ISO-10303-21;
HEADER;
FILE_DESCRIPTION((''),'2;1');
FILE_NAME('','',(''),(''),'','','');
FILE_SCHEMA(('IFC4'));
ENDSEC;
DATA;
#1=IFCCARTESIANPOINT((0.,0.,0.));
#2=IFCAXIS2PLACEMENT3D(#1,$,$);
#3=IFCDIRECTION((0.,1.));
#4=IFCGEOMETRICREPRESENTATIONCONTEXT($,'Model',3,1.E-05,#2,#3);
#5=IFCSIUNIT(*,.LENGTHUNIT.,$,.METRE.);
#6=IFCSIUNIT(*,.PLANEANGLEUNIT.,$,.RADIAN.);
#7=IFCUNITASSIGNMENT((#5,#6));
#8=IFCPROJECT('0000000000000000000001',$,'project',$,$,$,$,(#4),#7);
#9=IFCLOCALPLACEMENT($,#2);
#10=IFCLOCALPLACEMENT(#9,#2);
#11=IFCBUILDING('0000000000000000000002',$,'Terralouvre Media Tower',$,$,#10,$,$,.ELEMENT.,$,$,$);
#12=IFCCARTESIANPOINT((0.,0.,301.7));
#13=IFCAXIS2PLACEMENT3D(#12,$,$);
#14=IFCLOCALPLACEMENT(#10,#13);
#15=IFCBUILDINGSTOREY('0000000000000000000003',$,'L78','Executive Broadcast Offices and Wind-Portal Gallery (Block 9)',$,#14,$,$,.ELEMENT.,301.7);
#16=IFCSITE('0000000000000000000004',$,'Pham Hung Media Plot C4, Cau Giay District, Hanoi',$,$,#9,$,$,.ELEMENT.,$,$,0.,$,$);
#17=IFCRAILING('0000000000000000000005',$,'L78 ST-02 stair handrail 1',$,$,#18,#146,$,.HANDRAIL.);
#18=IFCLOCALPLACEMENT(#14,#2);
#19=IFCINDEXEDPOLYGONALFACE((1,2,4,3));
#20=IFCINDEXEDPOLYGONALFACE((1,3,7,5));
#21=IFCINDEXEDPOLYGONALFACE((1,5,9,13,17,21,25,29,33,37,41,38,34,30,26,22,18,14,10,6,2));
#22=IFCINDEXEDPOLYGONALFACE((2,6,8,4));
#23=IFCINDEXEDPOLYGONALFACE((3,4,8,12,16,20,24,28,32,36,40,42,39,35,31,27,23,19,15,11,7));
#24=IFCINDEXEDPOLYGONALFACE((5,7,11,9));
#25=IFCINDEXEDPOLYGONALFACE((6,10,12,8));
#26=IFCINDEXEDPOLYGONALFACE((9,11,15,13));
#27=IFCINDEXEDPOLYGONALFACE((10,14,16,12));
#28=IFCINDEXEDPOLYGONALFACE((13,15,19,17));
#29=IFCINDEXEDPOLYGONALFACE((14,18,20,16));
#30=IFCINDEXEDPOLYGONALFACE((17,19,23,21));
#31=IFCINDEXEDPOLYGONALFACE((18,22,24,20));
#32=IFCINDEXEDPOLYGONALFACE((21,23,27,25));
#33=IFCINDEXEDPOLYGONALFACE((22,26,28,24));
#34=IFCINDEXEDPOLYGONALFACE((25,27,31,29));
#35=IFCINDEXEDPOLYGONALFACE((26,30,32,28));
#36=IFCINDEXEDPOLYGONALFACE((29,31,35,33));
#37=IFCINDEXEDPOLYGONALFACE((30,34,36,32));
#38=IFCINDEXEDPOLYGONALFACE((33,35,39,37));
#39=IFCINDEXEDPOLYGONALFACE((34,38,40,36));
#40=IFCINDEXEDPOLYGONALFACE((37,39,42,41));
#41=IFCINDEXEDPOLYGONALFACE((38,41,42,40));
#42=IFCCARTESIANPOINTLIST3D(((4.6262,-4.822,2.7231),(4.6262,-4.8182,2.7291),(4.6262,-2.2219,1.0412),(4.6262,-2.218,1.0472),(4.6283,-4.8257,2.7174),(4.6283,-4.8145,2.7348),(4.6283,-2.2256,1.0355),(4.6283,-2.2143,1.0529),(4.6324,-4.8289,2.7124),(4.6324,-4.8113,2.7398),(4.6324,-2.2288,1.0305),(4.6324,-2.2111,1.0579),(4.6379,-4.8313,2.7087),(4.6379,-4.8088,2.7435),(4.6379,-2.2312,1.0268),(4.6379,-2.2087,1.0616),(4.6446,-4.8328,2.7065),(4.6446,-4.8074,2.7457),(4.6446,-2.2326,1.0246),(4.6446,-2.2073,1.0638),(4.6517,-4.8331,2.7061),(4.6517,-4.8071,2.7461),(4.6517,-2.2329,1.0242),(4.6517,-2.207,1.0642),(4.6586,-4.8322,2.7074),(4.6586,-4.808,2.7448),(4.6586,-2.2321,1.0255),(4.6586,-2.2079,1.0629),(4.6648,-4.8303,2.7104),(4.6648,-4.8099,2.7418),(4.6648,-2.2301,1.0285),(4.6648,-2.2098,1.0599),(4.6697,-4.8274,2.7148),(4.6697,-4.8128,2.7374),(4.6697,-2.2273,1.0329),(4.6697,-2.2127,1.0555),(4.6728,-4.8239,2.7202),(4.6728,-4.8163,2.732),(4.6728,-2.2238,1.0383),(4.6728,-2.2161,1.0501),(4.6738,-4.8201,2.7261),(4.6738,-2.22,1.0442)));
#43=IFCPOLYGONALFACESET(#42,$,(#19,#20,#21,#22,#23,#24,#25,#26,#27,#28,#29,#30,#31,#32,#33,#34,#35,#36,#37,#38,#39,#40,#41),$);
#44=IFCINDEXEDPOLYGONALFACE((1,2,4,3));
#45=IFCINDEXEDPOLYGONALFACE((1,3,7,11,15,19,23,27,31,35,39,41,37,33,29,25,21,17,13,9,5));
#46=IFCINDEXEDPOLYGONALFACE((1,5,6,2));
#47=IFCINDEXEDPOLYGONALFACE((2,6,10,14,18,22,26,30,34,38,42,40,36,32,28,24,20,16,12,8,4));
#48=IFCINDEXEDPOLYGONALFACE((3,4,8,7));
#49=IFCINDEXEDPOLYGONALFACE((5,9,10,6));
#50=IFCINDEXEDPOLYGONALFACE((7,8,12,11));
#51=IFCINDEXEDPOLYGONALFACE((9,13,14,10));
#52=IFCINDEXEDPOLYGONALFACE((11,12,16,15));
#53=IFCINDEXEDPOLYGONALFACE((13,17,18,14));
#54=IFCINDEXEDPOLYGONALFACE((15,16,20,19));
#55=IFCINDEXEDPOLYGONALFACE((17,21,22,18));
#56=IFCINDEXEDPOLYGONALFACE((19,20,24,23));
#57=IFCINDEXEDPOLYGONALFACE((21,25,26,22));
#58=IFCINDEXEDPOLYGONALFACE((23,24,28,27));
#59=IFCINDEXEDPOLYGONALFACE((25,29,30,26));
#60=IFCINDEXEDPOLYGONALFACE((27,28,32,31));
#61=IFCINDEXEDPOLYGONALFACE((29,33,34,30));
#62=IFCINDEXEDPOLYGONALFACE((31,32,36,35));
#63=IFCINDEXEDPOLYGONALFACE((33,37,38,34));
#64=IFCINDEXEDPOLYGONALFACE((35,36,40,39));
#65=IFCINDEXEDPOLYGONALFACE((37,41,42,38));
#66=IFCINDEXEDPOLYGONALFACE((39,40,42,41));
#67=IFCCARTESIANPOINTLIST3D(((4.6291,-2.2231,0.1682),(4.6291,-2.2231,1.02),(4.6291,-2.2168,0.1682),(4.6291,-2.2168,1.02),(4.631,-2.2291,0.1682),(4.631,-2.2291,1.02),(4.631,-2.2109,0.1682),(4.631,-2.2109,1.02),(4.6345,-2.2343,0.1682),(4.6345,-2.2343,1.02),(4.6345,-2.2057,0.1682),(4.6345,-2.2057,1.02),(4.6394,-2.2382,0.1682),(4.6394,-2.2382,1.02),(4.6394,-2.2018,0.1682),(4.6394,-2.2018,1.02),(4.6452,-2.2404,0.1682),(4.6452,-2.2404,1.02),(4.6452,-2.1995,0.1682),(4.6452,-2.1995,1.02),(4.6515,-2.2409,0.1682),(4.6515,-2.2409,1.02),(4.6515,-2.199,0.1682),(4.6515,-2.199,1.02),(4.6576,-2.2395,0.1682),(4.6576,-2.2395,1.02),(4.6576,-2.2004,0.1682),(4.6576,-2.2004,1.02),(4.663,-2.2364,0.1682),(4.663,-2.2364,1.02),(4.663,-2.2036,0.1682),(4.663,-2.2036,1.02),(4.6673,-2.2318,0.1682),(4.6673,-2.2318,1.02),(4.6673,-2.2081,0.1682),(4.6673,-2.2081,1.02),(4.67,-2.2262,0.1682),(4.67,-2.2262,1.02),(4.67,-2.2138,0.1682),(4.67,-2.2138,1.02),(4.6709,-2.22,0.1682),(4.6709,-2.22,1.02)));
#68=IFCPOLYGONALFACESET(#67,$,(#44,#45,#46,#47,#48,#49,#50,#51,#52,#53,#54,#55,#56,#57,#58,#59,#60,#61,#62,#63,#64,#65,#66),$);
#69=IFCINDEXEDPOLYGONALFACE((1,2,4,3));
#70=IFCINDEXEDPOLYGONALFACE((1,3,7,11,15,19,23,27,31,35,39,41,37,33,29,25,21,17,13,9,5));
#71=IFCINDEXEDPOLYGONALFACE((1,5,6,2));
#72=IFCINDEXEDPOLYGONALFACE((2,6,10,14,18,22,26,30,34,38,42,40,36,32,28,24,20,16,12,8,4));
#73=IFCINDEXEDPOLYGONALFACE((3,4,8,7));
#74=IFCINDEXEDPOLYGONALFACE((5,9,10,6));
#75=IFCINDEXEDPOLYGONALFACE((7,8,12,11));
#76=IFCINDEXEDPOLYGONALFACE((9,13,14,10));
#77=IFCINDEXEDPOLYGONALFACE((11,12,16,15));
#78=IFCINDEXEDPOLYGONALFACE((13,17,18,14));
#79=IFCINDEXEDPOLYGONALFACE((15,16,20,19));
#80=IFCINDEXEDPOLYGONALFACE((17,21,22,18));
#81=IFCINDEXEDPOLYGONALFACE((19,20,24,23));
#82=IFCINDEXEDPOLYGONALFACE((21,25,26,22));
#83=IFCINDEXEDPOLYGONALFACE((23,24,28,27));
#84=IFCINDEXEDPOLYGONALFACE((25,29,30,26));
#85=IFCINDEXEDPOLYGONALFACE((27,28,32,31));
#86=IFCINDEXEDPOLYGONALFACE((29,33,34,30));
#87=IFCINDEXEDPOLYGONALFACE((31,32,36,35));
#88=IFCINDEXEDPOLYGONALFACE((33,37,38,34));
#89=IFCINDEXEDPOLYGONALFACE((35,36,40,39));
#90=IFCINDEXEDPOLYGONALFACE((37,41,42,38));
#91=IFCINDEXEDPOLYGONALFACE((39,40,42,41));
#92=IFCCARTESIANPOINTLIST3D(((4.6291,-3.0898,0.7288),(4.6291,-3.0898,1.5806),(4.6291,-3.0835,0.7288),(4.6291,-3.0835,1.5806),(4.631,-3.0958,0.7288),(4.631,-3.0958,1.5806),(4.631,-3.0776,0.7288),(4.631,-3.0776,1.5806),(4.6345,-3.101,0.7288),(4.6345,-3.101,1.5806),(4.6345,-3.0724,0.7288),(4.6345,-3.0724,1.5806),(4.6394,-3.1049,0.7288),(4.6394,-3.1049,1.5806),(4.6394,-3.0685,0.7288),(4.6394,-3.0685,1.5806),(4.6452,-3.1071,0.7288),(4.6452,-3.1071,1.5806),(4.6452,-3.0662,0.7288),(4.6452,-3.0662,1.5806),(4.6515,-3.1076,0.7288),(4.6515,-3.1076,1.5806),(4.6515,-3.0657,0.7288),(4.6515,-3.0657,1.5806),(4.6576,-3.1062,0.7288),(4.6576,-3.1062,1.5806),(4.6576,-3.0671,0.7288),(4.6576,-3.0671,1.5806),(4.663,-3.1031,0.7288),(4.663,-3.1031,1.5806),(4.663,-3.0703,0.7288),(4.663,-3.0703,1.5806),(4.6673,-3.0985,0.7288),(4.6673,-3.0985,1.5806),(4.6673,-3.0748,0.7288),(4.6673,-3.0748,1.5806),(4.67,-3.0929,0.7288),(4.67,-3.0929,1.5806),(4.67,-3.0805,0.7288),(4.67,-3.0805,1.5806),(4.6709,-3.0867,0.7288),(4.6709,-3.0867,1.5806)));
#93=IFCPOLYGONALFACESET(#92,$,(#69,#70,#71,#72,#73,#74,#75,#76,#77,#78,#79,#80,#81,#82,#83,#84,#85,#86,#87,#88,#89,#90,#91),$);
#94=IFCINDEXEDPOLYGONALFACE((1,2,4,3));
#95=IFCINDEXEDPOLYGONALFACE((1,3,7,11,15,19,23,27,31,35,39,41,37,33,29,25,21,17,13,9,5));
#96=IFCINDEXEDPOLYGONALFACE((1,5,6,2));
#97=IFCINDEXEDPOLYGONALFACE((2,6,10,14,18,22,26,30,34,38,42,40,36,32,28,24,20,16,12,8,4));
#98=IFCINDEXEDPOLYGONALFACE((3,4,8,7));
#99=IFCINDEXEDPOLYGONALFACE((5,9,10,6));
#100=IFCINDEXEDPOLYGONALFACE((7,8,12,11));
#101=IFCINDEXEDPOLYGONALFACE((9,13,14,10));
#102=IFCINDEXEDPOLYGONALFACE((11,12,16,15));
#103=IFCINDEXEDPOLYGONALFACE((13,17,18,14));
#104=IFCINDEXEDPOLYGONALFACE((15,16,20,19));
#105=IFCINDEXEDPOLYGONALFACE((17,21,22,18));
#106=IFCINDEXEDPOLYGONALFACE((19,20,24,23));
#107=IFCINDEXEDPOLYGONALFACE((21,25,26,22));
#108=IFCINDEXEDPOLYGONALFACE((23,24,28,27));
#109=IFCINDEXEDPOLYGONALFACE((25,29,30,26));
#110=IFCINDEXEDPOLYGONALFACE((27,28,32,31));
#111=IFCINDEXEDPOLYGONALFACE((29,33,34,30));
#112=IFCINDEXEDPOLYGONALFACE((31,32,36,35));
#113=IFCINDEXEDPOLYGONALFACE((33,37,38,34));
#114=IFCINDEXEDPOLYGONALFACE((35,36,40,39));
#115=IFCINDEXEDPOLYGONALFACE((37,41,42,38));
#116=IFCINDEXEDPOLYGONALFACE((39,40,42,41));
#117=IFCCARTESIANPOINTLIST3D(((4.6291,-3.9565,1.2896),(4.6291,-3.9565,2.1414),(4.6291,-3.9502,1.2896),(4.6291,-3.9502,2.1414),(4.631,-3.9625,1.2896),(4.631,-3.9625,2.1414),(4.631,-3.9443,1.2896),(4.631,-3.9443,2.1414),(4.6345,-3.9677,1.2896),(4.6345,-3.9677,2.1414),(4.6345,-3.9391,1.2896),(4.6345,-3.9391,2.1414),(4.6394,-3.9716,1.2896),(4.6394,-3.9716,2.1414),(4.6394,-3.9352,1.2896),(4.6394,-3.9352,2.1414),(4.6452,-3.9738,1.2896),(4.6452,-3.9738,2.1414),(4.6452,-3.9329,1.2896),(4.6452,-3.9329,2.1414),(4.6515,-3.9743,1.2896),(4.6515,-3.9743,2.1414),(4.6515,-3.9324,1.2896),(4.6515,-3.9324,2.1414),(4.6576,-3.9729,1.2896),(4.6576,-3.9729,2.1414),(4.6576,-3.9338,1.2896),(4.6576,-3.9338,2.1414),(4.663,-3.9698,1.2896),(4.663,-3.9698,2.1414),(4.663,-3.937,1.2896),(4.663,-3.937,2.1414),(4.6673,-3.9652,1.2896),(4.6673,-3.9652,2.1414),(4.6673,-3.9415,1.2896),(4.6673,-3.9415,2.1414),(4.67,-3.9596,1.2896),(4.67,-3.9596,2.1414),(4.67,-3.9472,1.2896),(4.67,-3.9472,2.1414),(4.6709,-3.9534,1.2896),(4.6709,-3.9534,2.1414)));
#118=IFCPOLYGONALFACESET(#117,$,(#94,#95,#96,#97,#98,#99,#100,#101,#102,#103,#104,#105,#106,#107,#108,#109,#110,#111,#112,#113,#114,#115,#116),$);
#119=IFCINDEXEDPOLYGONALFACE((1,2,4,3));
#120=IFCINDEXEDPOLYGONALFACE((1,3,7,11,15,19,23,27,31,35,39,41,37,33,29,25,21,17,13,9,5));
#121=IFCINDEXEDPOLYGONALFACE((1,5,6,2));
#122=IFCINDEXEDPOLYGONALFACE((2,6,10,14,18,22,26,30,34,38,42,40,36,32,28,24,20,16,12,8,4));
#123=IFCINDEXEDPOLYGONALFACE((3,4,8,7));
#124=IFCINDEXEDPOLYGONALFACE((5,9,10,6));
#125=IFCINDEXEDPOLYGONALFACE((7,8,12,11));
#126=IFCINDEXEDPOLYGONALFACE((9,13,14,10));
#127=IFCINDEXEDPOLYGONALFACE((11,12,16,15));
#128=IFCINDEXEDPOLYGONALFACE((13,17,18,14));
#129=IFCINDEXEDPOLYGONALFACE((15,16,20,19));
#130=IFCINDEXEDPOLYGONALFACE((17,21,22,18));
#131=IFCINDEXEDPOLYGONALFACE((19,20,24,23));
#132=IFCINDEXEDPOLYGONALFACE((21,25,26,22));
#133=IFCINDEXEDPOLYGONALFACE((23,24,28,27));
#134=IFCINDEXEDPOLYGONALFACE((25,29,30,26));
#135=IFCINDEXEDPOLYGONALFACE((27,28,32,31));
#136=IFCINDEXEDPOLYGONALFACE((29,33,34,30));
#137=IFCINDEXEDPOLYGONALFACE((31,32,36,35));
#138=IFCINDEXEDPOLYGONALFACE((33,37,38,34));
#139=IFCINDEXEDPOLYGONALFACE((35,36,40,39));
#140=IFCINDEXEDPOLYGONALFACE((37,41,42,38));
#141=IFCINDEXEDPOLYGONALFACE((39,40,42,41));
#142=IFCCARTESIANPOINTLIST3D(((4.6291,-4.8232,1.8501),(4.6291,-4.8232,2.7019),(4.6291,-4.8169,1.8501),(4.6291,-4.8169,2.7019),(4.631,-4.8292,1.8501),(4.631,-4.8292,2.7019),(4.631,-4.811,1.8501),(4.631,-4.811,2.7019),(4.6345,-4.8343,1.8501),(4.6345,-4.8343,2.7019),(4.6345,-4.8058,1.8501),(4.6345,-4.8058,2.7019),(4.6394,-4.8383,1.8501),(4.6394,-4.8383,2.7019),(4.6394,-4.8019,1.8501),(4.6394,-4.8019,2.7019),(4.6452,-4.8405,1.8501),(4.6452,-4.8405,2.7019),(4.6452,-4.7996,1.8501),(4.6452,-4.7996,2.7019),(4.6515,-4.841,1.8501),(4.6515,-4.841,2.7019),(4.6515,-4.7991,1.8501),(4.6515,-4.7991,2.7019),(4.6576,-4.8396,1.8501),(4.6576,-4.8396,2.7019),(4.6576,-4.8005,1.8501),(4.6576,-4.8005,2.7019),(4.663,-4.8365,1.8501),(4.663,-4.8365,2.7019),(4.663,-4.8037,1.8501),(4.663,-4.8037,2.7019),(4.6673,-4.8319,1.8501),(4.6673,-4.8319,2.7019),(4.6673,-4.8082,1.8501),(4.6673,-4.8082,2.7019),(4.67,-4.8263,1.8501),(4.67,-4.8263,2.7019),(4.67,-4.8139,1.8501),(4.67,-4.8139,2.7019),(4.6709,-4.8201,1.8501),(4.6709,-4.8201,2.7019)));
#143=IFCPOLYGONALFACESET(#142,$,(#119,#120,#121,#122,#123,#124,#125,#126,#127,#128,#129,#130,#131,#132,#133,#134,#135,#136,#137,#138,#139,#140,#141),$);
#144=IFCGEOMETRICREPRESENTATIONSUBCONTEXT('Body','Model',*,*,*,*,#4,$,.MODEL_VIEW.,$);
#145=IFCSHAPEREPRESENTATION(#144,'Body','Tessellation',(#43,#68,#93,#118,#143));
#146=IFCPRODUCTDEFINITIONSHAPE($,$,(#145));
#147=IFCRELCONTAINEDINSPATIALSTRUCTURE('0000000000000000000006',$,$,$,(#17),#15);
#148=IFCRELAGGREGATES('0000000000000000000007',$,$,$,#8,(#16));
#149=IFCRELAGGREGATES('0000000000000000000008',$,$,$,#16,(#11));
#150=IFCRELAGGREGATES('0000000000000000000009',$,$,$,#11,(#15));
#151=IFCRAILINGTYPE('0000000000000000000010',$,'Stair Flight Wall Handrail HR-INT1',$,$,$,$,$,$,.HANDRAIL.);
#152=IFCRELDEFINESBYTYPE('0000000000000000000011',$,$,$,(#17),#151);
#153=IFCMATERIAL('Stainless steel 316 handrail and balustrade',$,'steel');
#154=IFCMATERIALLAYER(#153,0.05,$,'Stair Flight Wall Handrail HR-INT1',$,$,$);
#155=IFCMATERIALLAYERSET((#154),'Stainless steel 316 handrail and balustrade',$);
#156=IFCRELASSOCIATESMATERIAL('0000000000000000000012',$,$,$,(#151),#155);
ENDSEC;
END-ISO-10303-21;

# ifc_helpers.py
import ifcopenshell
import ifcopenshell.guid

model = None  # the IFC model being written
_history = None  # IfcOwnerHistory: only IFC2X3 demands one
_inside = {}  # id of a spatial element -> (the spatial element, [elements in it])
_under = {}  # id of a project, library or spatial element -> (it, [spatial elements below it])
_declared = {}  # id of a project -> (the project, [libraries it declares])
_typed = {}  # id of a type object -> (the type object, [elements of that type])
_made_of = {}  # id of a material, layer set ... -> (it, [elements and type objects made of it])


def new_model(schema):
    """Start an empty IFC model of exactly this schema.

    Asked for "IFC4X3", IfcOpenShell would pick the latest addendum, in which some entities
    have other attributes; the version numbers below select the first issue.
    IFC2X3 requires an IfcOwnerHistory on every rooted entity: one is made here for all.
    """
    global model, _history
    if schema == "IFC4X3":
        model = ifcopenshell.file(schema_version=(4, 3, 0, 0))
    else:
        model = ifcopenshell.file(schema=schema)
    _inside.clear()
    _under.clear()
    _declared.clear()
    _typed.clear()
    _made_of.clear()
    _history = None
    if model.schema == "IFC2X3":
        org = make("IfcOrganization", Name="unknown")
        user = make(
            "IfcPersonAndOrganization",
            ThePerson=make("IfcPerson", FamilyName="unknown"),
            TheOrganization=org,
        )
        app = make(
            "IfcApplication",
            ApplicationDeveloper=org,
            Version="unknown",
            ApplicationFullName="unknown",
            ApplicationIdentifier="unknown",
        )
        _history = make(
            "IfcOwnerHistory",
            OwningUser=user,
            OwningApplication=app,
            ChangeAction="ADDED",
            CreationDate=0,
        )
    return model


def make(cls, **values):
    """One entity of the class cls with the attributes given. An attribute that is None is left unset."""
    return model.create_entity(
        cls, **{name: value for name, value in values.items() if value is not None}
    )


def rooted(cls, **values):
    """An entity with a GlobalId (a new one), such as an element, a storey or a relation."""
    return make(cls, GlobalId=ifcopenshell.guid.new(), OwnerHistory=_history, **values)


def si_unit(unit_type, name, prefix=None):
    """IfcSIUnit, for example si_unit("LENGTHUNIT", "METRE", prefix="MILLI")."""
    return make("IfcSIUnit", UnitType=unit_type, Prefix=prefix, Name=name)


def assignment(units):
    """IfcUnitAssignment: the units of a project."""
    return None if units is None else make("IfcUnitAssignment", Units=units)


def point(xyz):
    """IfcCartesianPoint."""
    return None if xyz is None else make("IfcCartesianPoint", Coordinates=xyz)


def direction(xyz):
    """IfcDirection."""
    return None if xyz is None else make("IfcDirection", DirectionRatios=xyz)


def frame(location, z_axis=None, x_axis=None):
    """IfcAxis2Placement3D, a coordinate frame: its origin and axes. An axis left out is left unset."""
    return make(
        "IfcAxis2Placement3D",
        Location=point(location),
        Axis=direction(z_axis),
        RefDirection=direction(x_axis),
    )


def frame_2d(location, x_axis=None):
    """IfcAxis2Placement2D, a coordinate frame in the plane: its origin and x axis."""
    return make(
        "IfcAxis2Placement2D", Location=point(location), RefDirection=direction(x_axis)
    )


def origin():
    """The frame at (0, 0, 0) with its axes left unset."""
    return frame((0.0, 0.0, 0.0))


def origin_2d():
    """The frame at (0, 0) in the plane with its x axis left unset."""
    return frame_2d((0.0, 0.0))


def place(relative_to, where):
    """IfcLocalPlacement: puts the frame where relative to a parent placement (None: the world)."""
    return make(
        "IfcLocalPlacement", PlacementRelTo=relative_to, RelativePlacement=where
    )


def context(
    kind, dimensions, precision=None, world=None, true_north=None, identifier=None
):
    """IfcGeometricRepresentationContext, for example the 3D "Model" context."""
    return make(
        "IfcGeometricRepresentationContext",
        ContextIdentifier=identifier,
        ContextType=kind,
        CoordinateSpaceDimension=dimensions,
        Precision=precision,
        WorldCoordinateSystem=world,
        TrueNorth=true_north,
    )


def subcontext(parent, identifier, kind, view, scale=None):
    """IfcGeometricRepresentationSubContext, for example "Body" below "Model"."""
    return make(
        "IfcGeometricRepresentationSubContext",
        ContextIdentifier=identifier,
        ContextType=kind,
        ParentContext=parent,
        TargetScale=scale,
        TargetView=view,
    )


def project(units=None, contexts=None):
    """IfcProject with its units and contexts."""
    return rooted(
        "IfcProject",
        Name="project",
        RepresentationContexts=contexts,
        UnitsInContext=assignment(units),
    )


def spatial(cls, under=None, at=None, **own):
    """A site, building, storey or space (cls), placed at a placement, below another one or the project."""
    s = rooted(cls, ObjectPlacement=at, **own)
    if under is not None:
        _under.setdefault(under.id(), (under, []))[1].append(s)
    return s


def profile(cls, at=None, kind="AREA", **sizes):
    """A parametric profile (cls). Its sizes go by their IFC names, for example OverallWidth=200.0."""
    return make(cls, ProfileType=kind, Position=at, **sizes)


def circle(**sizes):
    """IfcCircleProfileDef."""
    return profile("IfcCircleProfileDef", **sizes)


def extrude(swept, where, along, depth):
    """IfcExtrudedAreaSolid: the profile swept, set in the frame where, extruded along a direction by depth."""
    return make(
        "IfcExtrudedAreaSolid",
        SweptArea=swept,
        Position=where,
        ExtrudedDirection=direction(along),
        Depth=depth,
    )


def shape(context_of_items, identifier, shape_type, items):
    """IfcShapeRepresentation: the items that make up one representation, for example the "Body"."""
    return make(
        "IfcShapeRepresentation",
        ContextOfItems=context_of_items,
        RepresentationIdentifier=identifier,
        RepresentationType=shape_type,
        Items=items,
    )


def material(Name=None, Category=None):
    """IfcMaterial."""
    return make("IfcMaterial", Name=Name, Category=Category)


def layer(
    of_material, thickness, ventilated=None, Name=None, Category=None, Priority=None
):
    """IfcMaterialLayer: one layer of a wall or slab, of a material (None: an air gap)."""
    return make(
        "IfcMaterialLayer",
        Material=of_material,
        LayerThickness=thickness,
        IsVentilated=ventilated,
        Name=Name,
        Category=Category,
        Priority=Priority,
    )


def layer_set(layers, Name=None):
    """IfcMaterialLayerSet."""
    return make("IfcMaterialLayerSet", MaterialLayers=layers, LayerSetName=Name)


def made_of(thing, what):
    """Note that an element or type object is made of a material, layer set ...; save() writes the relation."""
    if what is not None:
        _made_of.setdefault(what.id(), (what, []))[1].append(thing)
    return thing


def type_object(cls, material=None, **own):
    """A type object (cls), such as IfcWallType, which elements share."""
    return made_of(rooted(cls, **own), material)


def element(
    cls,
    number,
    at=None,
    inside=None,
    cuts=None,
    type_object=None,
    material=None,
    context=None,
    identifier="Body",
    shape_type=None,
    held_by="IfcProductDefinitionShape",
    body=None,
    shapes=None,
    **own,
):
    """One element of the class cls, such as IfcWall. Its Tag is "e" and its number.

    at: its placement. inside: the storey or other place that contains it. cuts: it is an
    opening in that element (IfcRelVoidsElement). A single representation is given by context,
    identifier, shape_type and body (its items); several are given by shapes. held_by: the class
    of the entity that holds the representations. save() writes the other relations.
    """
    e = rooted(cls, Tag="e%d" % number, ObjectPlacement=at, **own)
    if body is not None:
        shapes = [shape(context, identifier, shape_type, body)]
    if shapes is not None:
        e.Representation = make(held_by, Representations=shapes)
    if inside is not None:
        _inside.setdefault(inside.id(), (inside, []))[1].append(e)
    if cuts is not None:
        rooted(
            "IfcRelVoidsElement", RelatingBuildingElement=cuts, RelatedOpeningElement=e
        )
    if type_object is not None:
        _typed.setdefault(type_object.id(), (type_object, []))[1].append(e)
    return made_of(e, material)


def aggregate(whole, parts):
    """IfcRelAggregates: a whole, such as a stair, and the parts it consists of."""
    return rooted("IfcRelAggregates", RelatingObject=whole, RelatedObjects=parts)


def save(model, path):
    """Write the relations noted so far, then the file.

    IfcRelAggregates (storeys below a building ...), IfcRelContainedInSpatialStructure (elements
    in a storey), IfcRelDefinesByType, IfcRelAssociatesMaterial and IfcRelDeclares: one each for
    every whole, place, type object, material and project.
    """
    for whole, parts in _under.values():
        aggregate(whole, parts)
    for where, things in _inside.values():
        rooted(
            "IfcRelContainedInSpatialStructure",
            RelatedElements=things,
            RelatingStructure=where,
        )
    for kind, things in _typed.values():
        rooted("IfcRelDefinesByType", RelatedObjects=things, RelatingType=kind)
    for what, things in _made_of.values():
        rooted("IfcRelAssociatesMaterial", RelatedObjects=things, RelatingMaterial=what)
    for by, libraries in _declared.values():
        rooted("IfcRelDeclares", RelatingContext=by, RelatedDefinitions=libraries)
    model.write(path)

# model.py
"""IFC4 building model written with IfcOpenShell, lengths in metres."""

from ifc_helpers import new_model, si_unit, direction, frame, origin, origin_2d, place, context, subcontext, project, spatial, circle, extrude, material, layer, layer_set, type_object, element, save


model = new_model("IFC4")

# Units and contexts
model_context = context("Model", 3, precision=1e-05, world=origin(), true_north=direction((0.0, 1.0)))
body_context = subcontext(model_context, "Body", "Model", "MODEL_VIEW")
ifc_project = project(units=[si_unit("LENGTHUNIT", "METRE"), si_unit("PLANEANGLEUNIT", "RADIAN")], contexts=[model_context])

# Site, building, storey
site_placement = place(None, origin())
site = spatial("IfcSite", under=ifc_project, at=site_placement, Name="Pham Hung Media Plot C4, Cau Giay District, Hanoi", CompositionType="ELEMENT", RefElevation=0.0)
building_placement = place(site_placement, origin())
building = spatial("IfcBuilding", under=site, at=building_placement, Name="Terralouvre Media Tower", CompositionType="ELEMENT")
storey_placement = place(building_placement, frame((0.0, 0.0, 301.7)))
storey = spatial("IfcBuildingStorey", under=building, at=storey_placement, Name="L78", Description="Executive Broadcast Offices and Wind-Portal Gallery (Block 9)", CompositionType="ELEMENT", Elevation=301.7)

# Railing
ifc_material_1 = material(Name="Stainless steel 316 handrail and balustrade", Category="steel")
ifc_layer_1 = layer(ifc_material_1, 0.05, Name="Stair Flight Wall Handrail HR-INT1")
ifc_layer_set_1 = layer_set([ifc_layer_1], Name="Stainless steel 316 handrail and balustrade")
railing_type_1 = type_object("IfcRailingType", Name="Stair Flight Wall Handrail HR-INT1", PredefinedType="HANDRAIL", material=ifc_layer_set_1)
railing_1_placement = place(storey_placement, frame((4.6499, -2.22, 0.1682)))
element("IfcRailing", 1, at=railing_1_placement, inside=storey, type_object=railing_type_1, Name="L78 ST-02 stair handrail 1", PredefinedType="HANDRAIL", context=body_context, shape_type="SweptSolid", body=[
    extrude(circle(Radius=0.0239, at=origin_2d()), frame((0.0, 0.0, 0.876), z_axis=(0.0, -0.839648, 0.54313), x_axis=(1.0, 0.0, 0.0)), (0.0, 0.0, 1.0), 3.0967),
    extrude(circle(Radius=0.021, at=origin_2d()), origin(), (0.0, 0.0, 1.0), 0.8518),
    extrude(circle(Radius=0.021, at=origin_2d()), frame((0.0, -0.8667, 0.5605)), (0.0, 0.0, 1.0), 0.8518),
    extrude(circle(Radius=0.021, at=origin_2d()), frame((0.0, -1.7334, 1.1213)), (0.0, 0.0, 1.0), 0.8518),
    extrude(circle(Radius=0.021, at=origin_2d()), frame((0.0, -2.6001, 1.6819)), (0.0, 0.0, 1.0), 0.8518),
])

save(model, "model.ifc")
